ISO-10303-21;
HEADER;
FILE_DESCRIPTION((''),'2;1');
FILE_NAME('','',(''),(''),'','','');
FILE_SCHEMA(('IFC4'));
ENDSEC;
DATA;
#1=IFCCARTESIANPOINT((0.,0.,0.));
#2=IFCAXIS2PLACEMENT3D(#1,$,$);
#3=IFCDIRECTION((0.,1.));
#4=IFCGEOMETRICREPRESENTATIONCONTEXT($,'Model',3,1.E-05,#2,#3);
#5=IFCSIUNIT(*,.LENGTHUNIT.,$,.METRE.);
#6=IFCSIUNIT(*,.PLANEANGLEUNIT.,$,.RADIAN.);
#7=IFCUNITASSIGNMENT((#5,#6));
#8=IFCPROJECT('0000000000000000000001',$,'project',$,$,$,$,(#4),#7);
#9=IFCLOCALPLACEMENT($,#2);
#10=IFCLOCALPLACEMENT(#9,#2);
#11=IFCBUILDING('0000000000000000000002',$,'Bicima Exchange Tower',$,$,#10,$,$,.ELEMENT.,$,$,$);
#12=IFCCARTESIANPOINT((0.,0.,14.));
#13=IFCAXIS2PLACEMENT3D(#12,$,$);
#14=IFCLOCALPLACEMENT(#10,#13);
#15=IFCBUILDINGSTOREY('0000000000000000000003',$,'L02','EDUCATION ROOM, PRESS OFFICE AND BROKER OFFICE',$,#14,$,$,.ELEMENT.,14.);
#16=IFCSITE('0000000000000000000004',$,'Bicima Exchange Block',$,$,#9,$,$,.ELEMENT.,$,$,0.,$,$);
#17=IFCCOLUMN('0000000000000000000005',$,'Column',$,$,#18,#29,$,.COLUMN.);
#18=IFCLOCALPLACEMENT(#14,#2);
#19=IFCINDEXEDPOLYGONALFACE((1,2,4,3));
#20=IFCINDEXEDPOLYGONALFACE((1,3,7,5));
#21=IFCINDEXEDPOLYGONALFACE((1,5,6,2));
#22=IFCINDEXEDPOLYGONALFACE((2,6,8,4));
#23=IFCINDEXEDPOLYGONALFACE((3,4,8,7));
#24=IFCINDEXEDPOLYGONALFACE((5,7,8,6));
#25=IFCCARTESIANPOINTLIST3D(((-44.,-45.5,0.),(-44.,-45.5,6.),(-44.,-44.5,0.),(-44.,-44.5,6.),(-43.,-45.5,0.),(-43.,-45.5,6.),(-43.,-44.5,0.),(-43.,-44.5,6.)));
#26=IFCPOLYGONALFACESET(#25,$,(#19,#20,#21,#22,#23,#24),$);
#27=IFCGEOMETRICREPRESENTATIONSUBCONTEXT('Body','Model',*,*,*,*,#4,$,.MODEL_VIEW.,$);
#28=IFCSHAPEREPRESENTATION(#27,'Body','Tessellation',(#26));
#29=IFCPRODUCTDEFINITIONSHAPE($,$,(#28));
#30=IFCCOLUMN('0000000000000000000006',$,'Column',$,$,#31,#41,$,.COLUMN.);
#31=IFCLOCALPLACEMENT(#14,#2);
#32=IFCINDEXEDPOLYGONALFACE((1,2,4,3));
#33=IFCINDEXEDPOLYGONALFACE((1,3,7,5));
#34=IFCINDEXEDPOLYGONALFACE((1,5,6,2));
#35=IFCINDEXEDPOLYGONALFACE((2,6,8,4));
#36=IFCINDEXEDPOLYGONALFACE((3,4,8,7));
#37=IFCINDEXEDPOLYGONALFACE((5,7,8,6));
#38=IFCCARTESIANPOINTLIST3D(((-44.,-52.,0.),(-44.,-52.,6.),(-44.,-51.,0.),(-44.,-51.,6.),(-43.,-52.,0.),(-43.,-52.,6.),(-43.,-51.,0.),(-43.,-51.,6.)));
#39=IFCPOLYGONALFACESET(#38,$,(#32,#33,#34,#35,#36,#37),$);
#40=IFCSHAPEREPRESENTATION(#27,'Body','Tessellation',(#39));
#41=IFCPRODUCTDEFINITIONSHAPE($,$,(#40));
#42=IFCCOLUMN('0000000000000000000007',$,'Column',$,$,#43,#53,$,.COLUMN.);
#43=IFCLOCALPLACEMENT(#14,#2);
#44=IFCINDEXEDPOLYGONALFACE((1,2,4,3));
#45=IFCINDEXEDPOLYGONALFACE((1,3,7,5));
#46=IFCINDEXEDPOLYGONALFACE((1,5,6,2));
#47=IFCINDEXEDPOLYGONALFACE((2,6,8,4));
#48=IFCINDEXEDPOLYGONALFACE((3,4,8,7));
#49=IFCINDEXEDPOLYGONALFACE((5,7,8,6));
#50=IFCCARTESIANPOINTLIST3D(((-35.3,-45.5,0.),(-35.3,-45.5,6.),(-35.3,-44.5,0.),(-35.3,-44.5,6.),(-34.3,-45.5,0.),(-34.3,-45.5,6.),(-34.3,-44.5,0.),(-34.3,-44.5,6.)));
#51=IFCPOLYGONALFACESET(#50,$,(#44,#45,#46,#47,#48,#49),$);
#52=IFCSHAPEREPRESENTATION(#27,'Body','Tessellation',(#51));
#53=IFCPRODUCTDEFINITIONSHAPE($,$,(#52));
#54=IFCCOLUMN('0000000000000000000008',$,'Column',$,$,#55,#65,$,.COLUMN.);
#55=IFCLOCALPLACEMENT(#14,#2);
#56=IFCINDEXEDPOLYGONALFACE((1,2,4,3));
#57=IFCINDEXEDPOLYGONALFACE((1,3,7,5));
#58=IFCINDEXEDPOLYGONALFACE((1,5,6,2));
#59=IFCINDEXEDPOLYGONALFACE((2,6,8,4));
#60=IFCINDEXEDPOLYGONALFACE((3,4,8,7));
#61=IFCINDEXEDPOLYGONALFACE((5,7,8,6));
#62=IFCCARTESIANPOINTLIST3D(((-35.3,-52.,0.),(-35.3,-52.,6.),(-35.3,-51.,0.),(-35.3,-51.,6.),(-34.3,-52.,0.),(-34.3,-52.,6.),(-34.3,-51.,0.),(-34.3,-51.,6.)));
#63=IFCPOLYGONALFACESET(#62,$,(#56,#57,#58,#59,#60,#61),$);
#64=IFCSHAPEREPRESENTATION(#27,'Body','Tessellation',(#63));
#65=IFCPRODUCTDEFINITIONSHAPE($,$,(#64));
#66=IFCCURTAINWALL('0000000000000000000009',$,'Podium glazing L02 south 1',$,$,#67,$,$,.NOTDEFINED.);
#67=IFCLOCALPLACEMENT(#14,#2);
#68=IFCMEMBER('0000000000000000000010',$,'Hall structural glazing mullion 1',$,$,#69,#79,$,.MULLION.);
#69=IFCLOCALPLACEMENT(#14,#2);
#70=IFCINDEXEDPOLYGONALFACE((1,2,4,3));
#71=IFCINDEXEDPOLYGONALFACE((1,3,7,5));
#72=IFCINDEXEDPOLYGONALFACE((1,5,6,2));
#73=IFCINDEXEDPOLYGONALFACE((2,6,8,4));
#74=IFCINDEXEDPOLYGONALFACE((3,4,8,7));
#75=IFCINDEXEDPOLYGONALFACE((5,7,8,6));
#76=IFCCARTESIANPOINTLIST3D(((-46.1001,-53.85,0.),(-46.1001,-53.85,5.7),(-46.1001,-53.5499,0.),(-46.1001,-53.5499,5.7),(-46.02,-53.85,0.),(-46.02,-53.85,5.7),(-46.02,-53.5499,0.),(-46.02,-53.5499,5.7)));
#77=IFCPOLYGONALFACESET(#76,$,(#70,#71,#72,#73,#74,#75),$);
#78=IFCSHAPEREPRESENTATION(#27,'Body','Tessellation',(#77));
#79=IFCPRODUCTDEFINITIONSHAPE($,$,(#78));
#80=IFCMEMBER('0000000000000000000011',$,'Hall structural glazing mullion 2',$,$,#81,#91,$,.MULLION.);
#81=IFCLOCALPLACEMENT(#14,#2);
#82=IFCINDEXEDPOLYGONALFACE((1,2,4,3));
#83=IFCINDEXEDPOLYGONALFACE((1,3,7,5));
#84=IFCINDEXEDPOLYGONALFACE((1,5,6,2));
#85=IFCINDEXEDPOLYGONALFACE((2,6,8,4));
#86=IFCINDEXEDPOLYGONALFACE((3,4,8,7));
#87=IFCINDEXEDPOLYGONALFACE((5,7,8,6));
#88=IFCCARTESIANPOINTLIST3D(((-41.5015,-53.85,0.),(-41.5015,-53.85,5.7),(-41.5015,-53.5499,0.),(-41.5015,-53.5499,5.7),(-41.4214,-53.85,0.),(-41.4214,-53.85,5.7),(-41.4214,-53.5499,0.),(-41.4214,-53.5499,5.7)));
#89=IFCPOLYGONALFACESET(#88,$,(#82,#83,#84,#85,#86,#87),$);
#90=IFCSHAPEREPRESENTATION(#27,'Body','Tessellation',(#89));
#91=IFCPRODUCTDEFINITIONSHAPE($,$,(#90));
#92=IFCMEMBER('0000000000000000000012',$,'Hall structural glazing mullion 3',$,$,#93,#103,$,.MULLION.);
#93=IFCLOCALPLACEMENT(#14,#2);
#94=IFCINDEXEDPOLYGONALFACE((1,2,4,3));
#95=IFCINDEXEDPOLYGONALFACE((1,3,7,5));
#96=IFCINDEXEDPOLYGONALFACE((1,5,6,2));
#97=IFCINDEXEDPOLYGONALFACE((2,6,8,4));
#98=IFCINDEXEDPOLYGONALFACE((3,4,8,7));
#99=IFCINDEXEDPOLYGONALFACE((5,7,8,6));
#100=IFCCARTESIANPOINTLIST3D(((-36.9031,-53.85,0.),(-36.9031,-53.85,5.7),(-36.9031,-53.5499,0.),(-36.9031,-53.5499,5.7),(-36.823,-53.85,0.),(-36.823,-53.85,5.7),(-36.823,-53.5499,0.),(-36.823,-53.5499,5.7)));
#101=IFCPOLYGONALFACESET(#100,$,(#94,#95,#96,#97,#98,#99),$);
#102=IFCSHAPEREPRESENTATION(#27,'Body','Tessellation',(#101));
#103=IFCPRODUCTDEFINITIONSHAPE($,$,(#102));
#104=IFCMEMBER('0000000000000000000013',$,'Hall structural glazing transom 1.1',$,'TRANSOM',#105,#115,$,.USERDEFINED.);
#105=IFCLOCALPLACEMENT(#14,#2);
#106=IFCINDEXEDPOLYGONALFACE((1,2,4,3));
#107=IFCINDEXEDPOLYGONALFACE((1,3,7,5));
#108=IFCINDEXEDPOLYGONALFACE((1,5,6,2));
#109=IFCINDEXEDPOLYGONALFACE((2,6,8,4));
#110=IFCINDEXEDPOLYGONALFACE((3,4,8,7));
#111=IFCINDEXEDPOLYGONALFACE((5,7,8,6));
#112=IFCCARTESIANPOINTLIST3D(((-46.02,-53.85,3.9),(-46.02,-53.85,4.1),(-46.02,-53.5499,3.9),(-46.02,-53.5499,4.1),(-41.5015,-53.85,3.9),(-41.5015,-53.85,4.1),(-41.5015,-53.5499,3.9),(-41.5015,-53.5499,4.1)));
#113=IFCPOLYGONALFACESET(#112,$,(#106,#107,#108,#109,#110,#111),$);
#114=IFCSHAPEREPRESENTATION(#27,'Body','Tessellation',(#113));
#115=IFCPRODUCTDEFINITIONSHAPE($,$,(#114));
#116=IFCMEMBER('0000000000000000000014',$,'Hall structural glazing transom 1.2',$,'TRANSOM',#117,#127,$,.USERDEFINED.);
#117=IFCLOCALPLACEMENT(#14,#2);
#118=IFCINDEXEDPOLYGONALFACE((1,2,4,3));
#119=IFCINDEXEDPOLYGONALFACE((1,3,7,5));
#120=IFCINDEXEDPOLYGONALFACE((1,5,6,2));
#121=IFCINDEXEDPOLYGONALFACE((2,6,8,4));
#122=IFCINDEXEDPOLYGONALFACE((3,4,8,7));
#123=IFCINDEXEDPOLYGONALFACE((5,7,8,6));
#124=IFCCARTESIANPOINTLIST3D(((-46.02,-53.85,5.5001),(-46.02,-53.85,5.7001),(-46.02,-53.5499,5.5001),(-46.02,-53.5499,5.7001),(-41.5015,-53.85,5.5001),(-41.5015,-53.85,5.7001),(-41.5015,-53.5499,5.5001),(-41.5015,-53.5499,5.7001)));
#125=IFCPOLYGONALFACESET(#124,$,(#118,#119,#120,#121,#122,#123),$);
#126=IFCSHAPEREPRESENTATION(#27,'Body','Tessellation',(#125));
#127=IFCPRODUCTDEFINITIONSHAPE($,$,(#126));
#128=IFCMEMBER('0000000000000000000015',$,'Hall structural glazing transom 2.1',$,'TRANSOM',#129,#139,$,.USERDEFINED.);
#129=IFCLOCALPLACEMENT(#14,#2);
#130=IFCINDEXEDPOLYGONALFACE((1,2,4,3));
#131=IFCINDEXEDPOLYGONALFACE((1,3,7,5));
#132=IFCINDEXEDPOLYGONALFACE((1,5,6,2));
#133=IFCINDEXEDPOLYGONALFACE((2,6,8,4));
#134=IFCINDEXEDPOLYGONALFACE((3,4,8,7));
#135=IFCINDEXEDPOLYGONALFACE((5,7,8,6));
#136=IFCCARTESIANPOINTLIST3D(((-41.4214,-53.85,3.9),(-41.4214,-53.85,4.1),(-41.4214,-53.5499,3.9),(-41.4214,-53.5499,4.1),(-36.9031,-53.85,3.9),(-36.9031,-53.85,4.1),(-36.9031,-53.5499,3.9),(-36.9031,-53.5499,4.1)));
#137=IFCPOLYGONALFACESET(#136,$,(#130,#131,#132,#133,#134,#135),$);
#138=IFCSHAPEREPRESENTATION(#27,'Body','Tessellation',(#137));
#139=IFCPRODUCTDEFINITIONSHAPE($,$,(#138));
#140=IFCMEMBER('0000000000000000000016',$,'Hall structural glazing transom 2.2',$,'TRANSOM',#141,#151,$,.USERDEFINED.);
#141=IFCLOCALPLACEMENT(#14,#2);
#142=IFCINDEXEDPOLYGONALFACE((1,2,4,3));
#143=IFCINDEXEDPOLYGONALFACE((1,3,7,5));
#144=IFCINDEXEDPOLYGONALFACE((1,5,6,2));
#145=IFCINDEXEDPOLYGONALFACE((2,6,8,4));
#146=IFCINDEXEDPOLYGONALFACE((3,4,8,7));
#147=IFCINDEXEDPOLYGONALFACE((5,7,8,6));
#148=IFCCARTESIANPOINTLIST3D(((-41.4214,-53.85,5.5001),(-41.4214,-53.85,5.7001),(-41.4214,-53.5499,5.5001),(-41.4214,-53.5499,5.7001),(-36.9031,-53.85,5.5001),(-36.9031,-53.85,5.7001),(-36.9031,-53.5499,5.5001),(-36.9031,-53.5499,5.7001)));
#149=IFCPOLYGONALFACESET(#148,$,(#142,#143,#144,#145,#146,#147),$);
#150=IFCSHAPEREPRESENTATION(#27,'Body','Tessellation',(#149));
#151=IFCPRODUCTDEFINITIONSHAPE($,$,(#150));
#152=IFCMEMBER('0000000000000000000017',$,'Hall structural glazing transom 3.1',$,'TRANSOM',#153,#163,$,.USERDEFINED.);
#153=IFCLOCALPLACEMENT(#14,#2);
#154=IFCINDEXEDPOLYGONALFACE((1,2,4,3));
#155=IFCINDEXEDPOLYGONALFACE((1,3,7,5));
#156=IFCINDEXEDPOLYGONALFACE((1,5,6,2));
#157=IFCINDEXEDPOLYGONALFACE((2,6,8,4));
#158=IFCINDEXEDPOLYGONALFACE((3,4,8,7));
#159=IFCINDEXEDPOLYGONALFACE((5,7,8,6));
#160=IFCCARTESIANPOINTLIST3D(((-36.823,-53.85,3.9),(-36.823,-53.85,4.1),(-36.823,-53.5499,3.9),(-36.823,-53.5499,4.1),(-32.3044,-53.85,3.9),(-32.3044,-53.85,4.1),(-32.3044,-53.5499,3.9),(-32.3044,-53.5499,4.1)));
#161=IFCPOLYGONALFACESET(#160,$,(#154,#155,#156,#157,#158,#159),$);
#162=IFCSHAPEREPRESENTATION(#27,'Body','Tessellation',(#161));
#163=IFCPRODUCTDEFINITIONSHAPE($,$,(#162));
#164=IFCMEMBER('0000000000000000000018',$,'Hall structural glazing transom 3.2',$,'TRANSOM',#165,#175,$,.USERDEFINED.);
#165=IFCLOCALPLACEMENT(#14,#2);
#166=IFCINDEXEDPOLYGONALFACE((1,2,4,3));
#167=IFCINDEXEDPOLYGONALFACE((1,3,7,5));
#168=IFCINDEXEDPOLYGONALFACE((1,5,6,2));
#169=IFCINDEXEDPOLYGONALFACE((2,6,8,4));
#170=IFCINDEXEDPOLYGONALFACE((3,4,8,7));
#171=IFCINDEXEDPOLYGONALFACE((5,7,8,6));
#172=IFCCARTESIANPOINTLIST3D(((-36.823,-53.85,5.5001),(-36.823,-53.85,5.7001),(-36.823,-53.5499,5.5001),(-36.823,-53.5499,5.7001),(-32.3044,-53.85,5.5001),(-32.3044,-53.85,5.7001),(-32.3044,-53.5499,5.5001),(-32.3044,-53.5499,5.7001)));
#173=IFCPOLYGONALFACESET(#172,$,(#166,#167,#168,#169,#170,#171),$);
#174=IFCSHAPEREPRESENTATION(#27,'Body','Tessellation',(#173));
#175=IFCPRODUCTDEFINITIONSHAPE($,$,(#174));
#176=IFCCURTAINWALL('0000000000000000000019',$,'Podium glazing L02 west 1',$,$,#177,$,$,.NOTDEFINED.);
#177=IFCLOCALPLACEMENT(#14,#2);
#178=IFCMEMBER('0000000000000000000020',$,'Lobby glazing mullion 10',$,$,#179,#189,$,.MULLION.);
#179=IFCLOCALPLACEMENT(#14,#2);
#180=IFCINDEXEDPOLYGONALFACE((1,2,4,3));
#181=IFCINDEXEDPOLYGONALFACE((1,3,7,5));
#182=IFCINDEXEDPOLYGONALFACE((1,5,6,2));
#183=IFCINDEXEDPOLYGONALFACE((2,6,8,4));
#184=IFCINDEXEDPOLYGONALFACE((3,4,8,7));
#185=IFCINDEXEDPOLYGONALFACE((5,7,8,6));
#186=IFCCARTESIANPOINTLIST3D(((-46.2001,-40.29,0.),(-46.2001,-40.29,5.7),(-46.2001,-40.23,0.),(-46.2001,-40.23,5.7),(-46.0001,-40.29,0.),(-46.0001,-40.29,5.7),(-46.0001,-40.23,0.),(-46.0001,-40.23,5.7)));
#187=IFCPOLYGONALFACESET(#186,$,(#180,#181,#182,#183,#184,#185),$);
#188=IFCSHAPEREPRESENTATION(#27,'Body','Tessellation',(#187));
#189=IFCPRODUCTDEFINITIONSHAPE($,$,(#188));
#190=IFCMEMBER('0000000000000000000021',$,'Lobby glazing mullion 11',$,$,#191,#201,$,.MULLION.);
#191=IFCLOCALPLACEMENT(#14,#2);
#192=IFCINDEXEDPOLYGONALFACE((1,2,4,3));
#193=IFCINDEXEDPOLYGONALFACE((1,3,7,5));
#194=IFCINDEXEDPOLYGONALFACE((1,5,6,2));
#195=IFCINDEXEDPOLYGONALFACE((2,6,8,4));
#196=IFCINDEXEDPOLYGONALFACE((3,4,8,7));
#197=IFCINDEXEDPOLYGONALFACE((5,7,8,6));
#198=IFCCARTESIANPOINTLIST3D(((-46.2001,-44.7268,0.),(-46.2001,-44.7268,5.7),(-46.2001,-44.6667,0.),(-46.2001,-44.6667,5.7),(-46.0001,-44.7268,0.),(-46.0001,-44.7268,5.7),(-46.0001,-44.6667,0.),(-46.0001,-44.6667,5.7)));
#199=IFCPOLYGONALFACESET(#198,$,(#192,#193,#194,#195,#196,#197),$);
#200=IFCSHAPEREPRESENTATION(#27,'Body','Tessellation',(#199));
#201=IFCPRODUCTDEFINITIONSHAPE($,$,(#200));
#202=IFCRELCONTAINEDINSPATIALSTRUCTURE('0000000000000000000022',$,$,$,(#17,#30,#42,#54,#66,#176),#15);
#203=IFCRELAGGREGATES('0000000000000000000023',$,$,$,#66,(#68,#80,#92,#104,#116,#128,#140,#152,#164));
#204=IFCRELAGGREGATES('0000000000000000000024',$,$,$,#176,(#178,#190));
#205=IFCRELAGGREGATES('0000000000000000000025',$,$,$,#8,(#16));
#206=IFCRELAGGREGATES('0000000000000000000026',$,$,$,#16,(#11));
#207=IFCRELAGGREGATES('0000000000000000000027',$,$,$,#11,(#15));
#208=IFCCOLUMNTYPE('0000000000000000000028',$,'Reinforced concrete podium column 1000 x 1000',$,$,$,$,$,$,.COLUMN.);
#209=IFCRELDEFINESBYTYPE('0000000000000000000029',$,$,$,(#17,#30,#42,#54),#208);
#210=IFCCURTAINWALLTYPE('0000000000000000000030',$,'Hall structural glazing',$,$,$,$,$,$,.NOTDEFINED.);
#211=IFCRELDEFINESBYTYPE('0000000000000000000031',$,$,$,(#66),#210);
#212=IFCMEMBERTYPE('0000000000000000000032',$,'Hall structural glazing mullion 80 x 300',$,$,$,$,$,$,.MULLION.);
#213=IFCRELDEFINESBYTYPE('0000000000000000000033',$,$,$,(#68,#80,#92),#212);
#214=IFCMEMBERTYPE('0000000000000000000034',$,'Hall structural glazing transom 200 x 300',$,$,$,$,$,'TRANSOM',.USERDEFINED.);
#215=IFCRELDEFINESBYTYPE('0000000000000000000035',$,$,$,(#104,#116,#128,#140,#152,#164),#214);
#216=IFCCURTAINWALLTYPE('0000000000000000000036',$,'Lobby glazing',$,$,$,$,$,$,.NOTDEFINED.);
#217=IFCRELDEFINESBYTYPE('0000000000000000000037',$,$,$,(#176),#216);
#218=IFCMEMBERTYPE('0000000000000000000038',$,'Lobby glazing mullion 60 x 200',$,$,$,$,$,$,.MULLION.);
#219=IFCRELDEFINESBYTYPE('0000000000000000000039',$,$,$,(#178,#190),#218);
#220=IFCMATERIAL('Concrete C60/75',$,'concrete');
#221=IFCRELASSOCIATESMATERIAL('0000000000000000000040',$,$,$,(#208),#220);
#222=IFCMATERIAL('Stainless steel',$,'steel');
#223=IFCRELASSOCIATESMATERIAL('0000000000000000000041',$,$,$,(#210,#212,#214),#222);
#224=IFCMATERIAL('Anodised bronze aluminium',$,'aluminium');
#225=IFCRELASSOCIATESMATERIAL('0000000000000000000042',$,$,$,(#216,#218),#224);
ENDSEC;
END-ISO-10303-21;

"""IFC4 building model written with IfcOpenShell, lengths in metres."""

from ifc_helpers import new_model, si_unit, direction, frame, origin, origin_2d, place, context, subcontext, project, spatial, rectangle, extrude, material, material_profile, profile_set, type_object, element, aggregate, save


model = new_model("IFC4")

# Units and contexts
model_context = context("Model", 3, precision=1e-05, world=origin(), true_north=direction((0.0, 1.0)))
body_context = subcontext(model_context, "Body", "Model", "MODEL_VIEW")
ifc_project = project(units=[si_unit("LENGTHUNIT", "METRE"), si_unit("PLANEANGLEUNIT", "RADIAN")], contexts=[model_context])

# Site, building, storey
site_placement = place(None, origin())
site = spatial("IfcSite", under=ifc_project, at=site_placement, Name="Bicima Exchange Block", CompositionType="ELEMENT", RefElevation=0.0)
building_placement = place(site_placement, origin())
building = spatial("IfcBuilding", under=site, at=building_placement, Name="Bicima Exchange Tower", CompositionType="ELEMENT")
storey_placement = place(building_placement, frame((0.0, 0.0, 14.0)))
storey = spatial("IfcBuildingStorey", under=building, at=storey_placement, Name="L02", Description="EDUCATION ROOM, PRESS OFFICE AND BROKER OFFICE", CompositionType="ELEMENT", Elevation=14.0)

# Columns
ifc_material_1 = material(Name="Concrete C60/75", Category="concrete")
ifc_material_profile_1 = material_profile(ifc_material_1, rectangle(XDim=1.0, YDim=1.0, at=origin_2d()))
ifc_profile_set_1 = profile_set([ifc_material_profile_1], Name="Concrete C60/75")
column_type = type_object("IfcColumnType", Name="Reinforced concrete podium column 1000 x 1000", PredefinedType="COLUMN", material=ifc_profile_set_1)
for number, where, z_axis, x_axis, name in (
    (1, (-43.5, -45.0, 0.0), (0.0, 0.0, 1.0), (1.0, 0.0, 0.0), "Column"),
    (2, (-43.5, -51.5, 0.0), (0.0, 0.0, 1.0), (1.0, 0.0, 0.0), "Column"),
    (3, (-34.8, -45.0, 0.0), (0.0, 0.0, 1.0), (1.0, 0.0, 0.0), "Column"),
    (4, (-34.8, -51.5, 0.0), (0.0, 0.0, 1.0), (1.0, 0.0, 0.0), "Column"),
):
    element("IfcColumn", number, at=place(storey_placement, frame(where, z_axis=z_axis, x_axis=x_axis)), inside=storey, type_object=column_type, Name=name, PredefinedType="COLUMN", context=body_context, shape_type="SweptSolid", body=[
        extrude(rectangle(XDim=1.0, YDim=1.0, at=origin_2d()), origin(), (0.0, 0.0, 1.0), 6.0),
    ])

# Curtain walls, members
ifc_material_2 = material(Name="Stainless steel", Category="steel")
curtain_wall_type_1 = type_object("IfcCurtainWallType", Name="Hall structural glazing", PredefinedType="NOTDEFINED", material=ifc_material_2)
curtain_wall_1_placement = place(storey_placement, origin())
curtain_wall_1 = element("IfcCurtainWall", 5, at=curtain_wall_1_placement, inside=storey, type_object=curtain_wall_type_1, Name="Podium glazing L02 south 1", PredefinedType="NOTDEFINED")
ifc_material_profile_2 = material_profile(ifc_material_2, rectangle(XDim=0.3, YDim=0.0801, at=origin_2d()))
ifc_profile_set_2 = profile_set([ifc_material_profile_2], Name="Stainless steel")
member_type_1 = type_object("IfcMemberType", Name="Hall structural glazing mullion 80 x 300", PredefinedType="MULLION", material=ifc_profile_set_2)
member_1_placement = place(storey_placement, frame((-46.0601, -53.7, 0.0), z_axis=(0.0, 0.0, 1.0), x_axis=(0.0, 1.0, 0.0)))
member_1 = element("IfcMember", 6, at=member_1_placement, type_object=member_type_1, Name="Hall structural glazing mullion 1", PredefinedType="MULLION", context=body_context, shape_type="SweptSolid", body=[
    extrude(rectangle(XDim=0.3, YDim=0.0801, at=origin_2d()), origin(), (0.0, 0.0, 1.0), 5.7),
])
member_2_placement = place(storey_placement, frame((-41.4614, -53.7, 0.0), z_axis=(0.0, 0.0, 1.0), x_axis=(0.0, 1.0, 0.0)))
member_2 = element("IfcMember", 7, at=member_2_placement, type_object=member_type_1, Name="Hall structural glazing mullion 2", PredefinedType="MULLION", context=body_context, shape_type="SweptSolid", body=[
    extrude(rectangle(XDim=0.3, YDim=0.0801, at=origin_2d()), origin(), (0.0, 0.0, 1.0), 5.7),
])
member_3_placement = place(storey_placement, frame((-36.863, -53.7, 0.0), z_axis=(0.0, 0.0, 1.0), x_axis=(0.0, 1.0, 0.0)))
member_3 = element("IfcMember", 8, at=member_3_placement, type_object=member_type_1, Name="Hall structural glazing mullion 3", PredefinedType="MULLION", context=body_context, shape_type="SweptSolid", body=[
    extrude(rectangle(XDim=0.3, YDim=0.0801, at=origin_2d()), origin(), (0.0, 0.0, 1.0), 5.7),
])
ifc_material_profile_3 = material_profile(ifc_material_2, rectangle(XDim=0.3, YDim=0.2, at=origin_2d()))
ifc_profile_set_3 = profile_set([ifc_material_profile_3], Name="Stainless steel")
member_type_2 = type_object("IfcMemberType", Name="Hall structural glazing transom 200 x 300", ElementType="TRANSOM", PredefinedType="USERDEFINED", material=ifc_profile_set_3)
member_4_placement = place(storey_placement, frame((-46.02, -53.7, 4.0), z_axis=(1.0, 0.0, 0.0), x_axis=(0.0, 1.0, 0.0)))
member_4 = element("IfcMember", 9, at=member_4_placement, type_object=member_type_2, Name="Hall structural glazing transom 1.1", ObjectType="TRANSOM", PredefinedType="USERDEFINED", context=body_context, shape_type="SweptSolid", body=[
    extrude(rectangle(XDim=0.3, YDim=0.2, at=origin_2d()), origin(), (0.0, 0.0, 1.0), 4.5186),
])
member_5_placement = place(storey_placement, frame((-46.02, -53.7, 5.6001), z_axis=(1.0, 0.0, 0.0), x_axis=(0.0, 1.0, 0.0)))
member_5 = element("IfcMember", 10, at=member_5_placement, type_object=member_type_2, Name="Hall structural glazing transom 1.2", ObjectType="TRANSOM", PredefinedType="USERDEFINED", context=body_context, shape_type="SweptSolid", body=[
    extrude(rectangle(XDim=0.3, YDim=0.2, at=origin_2d()), origin(), (0.0, 0.0, 1.0), 4.5186),
])
member_6_placement = place(storey_placement, frame((-41.4214, -53.7, 4.0), z_axis=(1.0, 0.0, 0.0), x_axis=(0.0, 1.0, 0.0)))
member_6 = element("IfcMember", 11, at=member_6_placement, type_object=member_type_2, Name="Hall structural glazing transom 2.1", ObjectType="TRANSOM", PredefinedType="USERDEFINED", context=body_context, shape_type="SweptSolid", body=[
    extrude(rectangle(XDim=0.3, YDim=0.2, at=origin_2d()), origin(), (0.0, 0.0, 1.0), 4.5183),
])
member_7_placement = place(storey_placement, frame((-41.4214, -53.7, 5.6001), z_axis=(1.0, 0.0, 0.0), x_axis=(0.0, 1.0, 0.0)))
member_7 = element("IfcMember", 12, at=member_7_placement, type_object=member_type_2, Name="Hall structural glazing transom 2.2", ObjectType="TRANSOM", PredefinedType="USERDEFINED", context=body_context, shape_type="SweptSolid", body=[
    extrude(rectangle(XDim=0.3, YDim=0.2, at=origin_2d()), origin(), (0.0, 0.0, 1.0), 4.5183),
])
member_8_placement = place(storey_placement, frame((-36.823, -53.7, 4.0), z_axis=(1.0, 0.0, 0.0), x_axis=(0.0, 1.0, 0.0)))
member_8 = element("IfcMember", 13, at=member_8_placement, type_object=member_type_2, Name="Hall structural glazing transom 3.1", ObjectType="TRANSOM", PredefinedType="USERDEFINED", context=body_context, shape_type="SweptSolid", body=[
    extrude(rectangle(XDim=0.3, YDim=0.2, at=origin_2d()), origin(), (0.0, 0.0, 1.0), 4.5186),
])
member_9_placement = place(storey_placement, frame((-36.823, -53.7, 5.6001), z_axis=(1.0, 0.0, 0.0), x_axis=(0.0, 1.0, 0.0)))
member_9 = element("IfcMember", 14, at=member_9_placement, type_object=member_type_2, Name="Hall structural glazing transom 3.2", ObjectType="TRANSOM", PredefinedType="USERDEFINED", context=body_context, shape_type="SweptSolid", body=[
    extrude(rectangle(XDim=0.3, YDim=0.2, at=origin_2d()), origin(), (0.0, 0.0, 1.0), 4.5186),
])
ifc_material_3 = material(Name="Anodised bronze aluminium", Category="aluminium")
curtain_wall_type_2 = type_object("IfcCurtainWallType", Name="Lobby glazing", PredefinedType="NOTDEFINED", material=ifc_material_3)
curtain_wall_2_placement = place(storey_placement, origin())
curtain_wall_2 = element("IfcCurtainWall", 15, at=curtain_wall_2_placement, inside=storey, type_object=curtain_wall_type_2, Name="Podium glazing L02 west 1", PredefinedType="NOTDEFINED")
ifc_material_profile_4 = material_profile(ifc_material_3, rectangle(XDim=0.2, YDim=0.0601, at=origin_2d()))
ifc_profile_set_4 = profile_set([ifc_material_profile_4], Name="Anodised bronze aluminium")
member_type_3 = type_object("IfcMemberType", Name="Lobby glazing mullion 60 x 200", PredefinedType="MULLION", material=ifc_profile_set_4)
member_10_placement = place(storey_placement, frame((-46.1001, -40.26, 0.0), z_axis=(0.0, 0.0, 1.0), x_axis=(1.0, 0.0, 0.0)))
member_10 = element("IfcMember", 16, at=member_10_placement, type_object=member_type_3, Name="Lobby glazing mullion 10", PredefinedType="MULLION", context=body_context, shape_type="SweptSolid", body=[
    extrude(rectangle(XDim=0.2, YDim=0.0601, at=origin_2d()), origin(), (0.0, 0.0, 1.0), 5.7),
])
member_11_placement = place(storey_placement, frame((-46.1001, -44.6968, 0.0), z_axis=(0.0, 0.0, 1.0), x_axis=(1.0, 0.0, 0.0)))
member_11 = element("IfcMember", 17, at=member_11_placement, type_object=member_type_3, Name="Lobby glazing mullion 11", PredefinedType="MULLION", context=body_context, shape_type="SweptSolid", body=[
    extrude(rectangle(XDim=0.2, YDim=0.0601, at=origin_2d()), origin(), (0.0, 0.0, 1.0), 5.7),
])

aggregate(curtain_wall_1, [member_1, member_2, member_3, member_4, member_5, member_6, member_7, member_8, member_9])
aggregate(curtain_wall_2, [member_10, member_11])

save(model, "model.ifc")
